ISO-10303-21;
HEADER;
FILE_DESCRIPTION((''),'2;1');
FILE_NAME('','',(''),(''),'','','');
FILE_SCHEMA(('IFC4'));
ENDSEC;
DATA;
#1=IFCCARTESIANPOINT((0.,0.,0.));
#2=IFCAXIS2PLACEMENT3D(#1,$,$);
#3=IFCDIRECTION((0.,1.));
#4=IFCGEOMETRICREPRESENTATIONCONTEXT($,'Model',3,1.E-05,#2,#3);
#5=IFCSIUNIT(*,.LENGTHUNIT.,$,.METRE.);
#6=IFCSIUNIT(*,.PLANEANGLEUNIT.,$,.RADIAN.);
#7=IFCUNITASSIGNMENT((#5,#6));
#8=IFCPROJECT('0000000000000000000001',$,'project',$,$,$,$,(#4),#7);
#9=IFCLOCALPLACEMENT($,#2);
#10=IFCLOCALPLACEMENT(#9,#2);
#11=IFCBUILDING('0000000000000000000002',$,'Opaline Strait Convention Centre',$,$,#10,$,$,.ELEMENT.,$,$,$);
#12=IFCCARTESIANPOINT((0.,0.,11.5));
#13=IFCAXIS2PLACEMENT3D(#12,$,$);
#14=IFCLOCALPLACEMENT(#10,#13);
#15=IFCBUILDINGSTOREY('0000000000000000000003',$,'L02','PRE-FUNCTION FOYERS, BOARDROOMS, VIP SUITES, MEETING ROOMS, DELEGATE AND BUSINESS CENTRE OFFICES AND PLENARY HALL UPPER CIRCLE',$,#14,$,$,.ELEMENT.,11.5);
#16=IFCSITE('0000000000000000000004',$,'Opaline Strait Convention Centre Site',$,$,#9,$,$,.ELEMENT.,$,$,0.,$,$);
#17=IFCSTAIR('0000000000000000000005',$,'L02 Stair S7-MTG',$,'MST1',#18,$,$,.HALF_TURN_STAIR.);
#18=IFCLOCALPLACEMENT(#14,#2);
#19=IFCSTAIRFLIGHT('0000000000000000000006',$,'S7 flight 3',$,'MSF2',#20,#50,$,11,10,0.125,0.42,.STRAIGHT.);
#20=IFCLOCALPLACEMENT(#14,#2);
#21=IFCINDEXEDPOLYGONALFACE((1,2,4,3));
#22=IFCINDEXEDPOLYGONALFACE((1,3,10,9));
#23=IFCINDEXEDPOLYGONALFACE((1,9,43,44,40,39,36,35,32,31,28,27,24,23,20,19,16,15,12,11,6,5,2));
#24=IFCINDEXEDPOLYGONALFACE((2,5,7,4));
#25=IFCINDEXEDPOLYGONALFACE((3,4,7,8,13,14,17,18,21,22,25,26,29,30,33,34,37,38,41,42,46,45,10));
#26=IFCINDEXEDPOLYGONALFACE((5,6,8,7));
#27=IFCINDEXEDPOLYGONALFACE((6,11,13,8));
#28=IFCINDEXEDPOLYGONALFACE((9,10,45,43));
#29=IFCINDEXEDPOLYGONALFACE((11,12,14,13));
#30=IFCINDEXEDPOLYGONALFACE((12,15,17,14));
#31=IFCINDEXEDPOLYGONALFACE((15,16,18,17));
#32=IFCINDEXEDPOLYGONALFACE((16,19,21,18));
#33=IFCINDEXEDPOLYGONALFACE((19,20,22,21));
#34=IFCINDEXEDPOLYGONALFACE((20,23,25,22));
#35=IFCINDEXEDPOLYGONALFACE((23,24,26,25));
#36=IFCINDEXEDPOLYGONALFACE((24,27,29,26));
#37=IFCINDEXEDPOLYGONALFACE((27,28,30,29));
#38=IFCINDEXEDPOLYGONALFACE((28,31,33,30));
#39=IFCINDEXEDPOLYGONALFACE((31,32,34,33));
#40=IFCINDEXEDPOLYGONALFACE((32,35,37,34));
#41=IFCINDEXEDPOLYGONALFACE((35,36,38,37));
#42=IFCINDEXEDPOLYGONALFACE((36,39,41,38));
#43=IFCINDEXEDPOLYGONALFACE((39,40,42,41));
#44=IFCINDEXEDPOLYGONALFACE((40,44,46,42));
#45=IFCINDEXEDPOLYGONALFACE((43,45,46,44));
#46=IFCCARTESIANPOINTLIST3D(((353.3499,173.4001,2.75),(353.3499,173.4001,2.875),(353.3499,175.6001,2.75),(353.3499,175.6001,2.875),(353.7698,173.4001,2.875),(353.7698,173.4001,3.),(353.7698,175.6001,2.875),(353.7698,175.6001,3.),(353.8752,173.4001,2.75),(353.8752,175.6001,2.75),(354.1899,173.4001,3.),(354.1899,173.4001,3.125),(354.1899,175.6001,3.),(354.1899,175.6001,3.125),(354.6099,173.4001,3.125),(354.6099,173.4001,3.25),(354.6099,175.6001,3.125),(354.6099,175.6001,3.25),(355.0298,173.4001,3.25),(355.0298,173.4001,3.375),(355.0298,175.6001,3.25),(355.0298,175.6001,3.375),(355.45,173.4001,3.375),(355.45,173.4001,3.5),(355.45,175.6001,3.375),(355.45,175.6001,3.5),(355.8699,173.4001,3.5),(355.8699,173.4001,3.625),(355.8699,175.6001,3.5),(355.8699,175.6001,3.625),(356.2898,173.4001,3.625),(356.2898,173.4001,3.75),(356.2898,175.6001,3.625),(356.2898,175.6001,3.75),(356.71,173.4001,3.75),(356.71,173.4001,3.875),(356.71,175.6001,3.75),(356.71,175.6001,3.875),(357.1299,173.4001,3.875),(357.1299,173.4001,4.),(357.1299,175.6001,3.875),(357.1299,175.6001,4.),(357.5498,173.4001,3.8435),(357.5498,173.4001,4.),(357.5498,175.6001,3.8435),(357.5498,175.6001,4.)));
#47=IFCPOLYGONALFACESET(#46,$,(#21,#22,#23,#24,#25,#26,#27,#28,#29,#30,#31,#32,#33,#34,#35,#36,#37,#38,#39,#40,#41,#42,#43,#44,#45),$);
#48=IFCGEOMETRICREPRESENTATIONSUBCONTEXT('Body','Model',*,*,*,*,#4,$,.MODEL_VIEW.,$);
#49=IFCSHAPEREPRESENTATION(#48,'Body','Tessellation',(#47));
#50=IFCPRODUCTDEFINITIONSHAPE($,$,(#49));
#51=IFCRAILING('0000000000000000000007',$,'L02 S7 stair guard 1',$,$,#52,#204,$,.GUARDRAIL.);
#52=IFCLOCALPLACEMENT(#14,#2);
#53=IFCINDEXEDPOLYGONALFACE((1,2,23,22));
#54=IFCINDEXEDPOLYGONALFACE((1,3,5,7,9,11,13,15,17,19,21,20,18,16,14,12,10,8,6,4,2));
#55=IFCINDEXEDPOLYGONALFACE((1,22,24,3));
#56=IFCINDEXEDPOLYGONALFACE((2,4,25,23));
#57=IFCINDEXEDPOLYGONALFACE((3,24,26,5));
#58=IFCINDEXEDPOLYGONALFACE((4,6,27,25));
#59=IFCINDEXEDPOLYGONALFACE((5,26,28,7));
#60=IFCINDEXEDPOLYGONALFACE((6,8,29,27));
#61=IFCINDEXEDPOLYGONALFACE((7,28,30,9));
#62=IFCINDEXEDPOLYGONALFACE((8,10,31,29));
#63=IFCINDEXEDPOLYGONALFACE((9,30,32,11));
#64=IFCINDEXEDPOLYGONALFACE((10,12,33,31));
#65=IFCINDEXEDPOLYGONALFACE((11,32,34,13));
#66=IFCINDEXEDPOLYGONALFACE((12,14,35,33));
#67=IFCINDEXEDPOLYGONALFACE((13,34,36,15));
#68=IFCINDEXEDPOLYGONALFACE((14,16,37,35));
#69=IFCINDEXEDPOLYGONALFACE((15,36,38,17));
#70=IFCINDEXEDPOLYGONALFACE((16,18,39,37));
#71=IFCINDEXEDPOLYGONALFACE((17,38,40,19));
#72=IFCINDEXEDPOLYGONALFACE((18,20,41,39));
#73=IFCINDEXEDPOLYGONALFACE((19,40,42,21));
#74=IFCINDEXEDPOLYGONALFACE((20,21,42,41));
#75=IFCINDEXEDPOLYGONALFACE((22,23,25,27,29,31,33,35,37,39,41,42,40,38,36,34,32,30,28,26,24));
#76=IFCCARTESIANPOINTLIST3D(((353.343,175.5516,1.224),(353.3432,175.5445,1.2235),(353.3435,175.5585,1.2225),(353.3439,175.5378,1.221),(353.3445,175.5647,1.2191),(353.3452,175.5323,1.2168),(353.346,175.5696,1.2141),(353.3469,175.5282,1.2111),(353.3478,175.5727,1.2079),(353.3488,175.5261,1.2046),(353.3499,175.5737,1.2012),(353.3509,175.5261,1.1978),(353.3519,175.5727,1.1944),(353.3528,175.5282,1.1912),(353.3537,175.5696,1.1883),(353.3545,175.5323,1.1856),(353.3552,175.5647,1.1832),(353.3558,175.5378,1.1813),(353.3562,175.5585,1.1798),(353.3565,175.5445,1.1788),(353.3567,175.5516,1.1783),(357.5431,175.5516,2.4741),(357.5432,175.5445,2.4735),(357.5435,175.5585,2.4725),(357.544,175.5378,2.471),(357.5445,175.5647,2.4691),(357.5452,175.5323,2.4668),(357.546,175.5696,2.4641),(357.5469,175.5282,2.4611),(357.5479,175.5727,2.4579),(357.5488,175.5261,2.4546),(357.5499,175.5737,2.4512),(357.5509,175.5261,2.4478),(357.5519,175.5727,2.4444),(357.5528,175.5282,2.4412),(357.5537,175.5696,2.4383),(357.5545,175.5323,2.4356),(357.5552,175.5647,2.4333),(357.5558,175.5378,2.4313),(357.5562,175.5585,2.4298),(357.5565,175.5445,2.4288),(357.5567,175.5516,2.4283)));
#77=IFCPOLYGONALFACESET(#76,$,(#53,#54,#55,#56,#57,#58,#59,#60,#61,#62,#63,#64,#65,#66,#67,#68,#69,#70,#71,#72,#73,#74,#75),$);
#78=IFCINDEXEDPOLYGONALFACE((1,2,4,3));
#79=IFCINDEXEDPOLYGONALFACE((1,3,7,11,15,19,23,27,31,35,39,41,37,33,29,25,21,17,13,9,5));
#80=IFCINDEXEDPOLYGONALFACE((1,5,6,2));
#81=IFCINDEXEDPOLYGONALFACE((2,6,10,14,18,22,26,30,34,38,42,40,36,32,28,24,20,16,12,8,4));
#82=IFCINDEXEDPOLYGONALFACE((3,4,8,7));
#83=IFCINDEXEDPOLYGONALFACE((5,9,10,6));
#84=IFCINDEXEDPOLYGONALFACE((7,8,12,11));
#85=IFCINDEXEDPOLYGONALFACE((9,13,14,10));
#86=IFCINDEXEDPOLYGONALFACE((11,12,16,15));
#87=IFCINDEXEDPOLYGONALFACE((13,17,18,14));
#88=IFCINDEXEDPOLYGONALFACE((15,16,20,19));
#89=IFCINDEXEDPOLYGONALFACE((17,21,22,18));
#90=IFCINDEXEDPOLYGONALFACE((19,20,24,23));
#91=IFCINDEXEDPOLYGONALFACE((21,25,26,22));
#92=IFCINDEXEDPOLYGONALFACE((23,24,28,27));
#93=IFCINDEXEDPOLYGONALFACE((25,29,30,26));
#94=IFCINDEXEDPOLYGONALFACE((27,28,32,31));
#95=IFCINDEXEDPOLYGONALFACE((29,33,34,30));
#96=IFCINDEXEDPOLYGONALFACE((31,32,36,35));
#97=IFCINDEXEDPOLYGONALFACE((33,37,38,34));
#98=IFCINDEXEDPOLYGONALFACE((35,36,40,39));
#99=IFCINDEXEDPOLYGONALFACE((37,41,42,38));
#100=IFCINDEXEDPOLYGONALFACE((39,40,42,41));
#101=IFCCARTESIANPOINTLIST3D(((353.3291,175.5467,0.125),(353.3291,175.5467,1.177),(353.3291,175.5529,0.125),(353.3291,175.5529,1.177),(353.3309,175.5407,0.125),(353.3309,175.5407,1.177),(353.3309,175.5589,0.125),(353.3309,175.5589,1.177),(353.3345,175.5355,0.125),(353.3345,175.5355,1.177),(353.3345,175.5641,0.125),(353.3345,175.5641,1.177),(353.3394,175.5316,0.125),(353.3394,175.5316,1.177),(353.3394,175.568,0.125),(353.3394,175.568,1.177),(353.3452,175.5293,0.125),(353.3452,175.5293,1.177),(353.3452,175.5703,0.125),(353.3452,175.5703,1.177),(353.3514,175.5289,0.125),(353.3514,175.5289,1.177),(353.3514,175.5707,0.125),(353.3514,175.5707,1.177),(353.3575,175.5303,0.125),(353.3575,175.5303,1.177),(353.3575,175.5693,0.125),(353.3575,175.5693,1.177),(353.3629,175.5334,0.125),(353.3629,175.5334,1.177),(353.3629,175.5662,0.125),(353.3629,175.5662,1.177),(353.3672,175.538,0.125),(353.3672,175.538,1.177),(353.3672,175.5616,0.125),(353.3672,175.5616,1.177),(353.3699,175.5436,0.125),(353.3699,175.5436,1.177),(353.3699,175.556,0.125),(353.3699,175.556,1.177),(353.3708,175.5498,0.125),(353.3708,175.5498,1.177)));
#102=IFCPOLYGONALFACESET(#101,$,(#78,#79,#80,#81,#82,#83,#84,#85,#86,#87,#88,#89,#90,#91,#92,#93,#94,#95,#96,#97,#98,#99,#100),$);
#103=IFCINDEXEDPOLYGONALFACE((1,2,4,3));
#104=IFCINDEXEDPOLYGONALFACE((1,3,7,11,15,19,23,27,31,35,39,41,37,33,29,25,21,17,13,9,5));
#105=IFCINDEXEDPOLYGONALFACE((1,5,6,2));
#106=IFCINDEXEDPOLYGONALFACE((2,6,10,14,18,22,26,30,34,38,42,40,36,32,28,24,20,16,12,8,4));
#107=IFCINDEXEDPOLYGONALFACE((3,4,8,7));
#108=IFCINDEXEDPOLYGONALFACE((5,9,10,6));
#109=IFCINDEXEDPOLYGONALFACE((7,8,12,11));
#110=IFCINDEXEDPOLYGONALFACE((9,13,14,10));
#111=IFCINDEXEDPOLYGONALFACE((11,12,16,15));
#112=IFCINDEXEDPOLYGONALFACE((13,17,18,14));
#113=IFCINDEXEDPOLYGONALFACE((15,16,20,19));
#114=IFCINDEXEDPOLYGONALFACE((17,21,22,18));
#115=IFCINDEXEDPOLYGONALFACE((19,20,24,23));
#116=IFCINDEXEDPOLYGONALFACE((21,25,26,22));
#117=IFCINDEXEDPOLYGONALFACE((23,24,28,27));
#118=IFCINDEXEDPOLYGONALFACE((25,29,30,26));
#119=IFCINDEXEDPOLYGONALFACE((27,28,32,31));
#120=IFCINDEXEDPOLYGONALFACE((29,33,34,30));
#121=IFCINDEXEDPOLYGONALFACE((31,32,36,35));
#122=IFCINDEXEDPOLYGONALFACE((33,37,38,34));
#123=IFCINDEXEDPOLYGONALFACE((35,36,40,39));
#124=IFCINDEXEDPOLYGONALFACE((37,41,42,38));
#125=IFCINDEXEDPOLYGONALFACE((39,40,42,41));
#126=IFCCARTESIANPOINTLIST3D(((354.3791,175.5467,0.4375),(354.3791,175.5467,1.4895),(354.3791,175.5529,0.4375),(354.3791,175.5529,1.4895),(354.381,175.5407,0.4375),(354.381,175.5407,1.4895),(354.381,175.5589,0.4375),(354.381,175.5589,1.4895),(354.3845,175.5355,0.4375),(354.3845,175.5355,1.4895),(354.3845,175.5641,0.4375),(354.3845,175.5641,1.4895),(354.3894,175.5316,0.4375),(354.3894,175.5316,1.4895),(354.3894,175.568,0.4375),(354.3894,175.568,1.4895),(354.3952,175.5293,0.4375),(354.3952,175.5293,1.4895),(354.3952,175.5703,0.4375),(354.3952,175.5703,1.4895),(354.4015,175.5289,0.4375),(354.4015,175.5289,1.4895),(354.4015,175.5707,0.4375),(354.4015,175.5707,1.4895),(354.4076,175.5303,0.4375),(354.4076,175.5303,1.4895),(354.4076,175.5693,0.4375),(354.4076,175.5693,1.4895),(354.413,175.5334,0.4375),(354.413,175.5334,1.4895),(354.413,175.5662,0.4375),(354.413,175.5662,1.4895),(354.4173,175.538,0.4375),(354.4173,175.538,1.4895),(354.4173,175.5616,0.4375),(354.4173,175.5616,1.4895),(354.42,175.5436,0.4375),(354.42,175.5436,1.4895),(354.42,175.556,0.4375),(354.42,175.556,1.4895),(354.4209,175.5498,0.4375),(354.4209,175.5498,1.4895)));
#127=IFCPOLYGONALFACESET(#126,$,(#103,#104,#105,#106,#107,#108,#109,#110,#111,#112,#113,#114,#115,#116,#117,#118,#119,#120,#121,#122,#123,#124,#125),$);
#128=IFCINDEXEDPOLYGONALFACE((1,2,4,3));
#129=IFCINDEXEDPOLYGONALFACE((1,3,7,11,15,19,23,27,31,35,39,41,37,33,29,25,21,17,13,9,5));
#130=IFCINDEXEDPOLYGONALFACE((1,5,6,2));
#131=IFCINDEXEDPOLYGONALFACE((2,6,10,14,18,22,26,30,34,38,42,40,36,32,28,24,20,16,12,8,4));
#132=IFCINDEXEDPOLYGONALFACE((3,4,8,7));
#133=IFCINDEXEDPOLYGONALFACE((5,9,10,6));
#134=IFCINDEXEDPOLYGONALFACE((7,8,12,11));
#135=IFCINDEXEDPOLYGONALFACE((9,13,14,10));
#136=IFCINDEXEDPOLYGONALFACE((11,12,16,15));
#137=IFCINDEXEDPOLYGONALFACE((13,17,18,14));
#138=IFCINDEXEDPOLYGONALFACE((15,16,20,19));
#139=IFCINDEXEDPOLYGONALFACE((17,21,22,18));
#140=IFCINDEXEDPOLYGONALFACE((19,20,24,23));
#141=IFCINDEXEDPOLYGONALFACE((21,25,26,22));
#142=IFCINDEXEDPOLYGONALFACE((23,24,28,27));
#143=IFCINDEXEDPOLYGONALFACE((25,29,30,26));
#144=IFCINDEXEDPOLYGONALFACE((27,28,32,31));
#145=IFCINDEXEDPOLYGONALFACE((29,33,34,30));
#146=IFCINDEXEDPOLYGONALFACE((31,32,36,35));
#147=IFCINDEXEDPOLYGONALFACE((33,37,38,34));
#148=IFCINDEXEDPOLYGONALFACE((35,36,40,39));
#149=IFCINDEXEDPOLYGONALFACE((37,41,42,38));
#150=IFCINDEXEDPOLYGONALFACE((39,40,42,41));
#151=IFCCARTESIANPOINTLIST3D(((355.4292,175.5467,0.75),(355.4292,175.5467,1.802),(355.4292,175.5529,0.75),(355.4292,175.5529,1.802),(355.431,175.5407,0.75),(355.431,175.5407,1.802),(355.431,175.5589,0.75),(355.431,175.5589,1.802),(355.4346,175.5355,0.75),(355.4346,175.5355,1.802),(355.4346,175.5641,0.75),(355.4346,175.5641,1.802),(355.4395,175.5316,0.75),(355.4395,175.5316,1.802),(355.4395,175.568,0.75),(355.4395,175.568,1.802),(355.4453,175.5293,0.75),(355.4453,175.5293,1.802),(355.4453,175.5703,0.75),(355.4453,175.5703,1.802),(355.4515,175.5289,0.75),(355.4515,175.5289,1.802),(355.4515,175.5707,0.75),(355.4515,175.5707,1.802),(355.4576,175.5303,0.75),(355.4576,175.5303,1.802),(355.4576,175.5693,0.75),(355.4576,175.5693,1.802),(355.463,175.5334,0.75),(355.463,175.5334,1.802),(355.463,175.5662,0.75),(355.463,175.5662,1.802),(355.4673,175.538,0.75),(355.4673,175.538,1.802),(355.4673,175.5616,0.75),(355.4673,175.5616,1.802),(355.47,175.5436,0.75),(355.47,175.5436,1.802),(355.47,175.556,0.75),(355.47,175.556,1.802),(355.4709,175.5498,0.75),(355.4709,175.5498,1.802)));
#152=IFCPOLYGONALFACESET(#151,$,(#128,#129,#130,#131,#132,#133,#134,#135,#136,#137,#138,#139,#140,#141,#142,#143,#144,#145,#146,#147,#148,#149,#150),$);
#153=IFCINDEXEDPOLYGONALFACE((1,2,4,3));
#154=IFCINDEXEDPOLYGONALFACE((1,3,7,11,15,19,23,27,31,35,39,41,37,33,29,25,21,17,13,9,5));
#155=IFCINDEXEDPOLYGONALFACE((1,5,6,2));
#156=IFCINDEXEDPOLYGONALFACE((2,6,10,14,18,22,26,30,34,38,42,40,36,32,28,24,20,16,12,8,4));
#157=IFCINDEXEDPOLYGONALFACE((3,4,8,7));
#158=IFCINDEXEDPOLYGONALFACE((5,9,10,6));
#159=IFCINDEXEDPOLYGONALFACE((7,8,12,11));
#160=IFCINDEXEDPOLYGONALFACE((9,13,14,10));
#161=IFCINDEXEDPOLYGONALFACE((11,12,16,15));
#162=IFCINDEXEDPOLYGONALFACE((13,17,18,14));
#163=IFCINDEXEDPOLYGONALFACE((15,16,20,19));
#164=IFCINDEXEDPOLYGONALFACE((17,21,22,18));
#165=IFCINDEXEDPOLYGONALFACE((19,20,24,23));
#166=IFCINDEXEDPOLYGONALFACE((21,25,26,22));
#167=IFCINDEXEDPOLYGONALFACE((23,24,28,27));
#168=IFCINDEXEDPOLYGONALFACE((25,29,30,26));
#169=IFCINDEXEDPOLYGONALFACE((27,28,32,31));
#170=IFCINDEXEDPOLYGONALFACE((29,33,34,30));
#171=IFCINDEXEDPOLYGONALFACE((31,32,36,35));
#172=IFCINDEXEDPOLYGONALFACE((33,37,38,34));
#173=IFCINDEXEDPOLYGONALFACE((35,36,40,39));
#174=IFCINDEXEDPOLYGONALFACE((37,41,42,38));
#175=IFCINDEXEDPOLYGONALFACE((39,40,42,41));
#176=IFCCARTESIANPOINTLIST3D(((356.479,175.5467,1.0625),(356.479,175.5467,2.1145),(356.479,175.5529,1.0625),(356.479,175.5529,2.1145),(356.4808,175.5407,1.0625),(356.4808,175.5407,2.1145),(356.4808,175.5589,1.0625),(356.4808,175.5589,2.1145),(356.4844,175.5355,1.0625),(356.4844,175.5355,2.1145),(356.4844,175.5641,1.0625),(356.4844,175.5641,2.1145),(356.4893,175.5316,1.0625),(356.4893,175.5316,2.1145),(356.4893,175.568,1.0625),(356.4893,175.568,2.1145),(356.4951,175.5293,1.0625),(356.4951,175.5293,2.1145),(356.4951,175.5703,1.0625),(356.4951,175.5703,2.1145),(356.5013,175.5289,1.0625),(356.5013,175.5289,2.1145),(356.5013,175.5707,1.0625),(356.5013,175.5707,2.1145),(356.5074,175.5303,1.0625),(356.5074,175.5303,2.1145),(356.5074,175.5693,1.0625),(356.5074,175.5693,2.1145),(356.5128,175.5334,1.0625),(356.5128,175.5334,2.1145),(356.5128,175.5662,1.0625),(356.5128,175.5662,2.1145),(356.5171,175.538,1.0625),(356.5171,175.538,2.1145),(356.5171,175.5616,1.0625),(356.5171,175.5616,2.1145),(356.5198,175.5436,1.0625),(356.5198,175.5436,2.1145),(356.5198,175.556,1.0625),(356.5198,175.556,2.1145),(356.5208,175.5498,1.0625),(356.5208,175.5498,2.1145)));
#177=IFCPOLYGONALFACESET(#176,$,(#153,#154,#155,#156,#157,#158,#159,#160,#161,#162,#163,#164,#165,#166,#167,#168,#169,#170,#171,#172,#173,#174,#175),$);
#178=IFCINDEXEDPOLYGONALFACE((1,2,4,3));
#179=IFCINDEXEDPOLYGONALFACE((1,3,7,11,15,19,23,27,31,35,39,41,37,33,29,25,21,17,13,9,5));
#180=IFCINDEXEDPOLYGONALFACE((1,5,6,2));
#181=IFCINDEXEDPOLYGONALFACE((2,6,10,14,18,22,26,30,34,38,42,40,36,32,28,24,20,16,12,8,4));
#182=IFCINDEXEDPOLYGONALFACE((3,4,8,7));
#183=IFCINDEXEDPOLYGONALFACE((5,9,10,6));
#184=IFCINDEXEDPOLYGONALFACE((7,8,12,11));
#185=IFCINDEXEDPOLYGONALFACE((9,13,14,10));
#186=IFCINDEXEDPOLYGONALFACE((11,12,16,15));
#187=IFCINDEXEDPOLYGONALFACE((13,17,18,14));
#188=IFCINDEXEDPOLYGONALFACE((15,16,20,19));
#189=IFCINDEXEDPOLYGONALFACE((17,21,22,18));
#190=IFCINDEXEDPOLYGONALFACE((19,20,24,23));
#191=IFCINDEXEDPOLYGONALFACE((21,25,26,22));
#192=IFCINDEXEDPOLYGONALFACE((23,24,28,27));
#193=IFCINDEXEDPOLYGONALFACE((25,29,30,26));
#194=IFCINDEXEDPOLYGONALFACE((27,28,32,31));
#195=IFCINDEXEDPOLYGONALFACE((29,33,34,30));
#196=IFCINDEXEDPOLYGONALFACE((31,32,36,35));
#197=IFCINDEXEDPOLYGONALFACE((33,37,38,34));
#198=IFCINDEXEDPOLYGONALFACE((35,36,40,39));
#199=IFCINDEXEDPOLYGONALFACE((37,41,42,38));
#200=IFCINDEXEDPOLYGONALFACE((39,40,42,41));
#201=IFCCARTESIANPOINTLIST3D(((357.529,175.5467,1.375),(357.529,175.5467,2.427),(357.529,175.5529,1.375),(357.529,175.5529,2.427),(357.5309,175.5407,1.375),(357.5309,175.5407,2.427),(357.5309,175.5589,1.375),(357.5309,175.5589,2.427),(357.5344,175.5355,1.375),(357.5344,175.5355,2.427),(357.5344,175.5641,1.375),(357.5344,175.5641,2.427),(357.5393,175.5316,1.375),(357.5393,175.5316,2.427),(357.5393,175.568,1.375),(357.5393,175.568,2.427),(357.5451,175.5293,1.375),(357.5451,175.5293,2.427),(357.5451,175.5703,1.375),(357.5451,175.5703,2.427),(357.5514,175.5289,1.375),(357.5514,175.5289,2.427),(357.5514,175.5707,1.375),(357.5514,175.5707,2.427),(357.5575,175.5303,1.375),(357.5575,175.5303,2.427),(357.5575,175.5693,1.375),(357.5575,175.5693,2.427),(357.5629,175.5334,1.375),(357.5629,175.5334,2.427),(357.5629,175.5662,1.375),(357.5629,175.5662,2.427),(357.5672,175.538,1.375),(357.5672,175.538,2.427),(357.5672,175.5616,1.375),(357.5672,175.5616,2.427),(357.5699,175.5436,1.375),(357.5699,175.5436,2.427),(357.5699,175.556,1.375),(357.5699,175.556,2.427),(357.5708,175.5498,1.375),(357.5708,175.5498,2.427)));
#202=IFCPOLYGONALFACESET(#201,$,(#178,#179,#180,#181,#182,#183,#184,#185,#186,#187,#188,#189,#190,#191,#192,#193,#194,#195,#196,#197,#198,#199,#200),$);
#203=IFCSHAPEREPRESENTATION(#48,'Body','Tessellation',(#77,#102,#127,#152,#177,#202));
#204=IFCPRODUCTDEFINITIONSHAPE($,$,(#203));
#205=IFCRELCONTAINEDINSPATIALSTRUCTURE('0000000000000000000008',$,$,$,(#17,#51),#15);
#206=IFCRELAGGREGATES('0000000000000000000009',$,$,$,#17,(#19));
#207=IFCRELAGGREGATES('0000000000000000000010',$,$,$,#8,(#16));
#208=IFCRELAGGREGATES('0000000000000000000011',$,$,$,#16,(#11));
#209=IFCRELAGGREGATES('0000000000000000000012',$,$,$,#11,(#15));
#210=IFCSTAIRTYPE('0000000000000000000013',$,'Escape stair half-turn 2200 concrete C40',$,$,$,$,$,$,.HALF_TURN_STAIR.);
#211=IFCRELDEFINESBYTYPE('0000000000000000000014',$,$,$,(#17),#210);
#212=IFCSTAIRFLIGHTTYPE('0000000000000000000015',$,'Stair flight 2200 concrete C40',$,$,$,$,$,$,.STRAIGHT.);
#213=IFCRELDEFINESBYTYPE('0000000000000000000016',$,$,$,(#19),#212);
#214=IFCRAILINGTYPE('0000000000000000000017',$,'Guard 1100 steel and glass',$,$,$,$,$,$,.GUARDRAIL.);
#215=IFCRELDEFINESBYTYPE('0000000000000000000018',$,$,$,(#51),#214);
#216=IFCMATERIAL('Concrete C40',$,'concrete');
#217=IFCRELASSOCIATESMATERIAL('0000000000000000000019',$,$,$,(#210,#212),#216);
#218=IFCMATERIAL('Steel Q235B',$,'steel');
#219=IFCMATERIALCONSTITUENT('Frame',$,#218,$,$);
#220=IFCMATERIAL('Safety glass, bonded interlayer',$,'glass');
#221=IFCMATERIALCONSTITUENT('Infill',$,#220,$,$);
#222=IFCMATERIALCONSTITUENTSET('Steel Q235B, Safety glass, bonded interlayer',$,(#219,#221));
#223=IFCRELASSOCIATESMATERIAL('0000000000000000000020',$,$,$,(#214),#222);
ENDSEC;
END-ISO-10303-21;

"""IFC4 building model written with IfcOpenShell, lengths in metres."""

from ifc_helpers import new_model, si_unit, direction, frame, origin, origin_2d, place, context, subcontext, project, spatial, polyline, circle, outline, extrude, material, constituent, constituent_set, type_object, element, aggregate, save


model = new_model("IFC4")

# Units and contexts
model_context = context("Model", 3, precision=1e-05, world=origin(), true_north=direction((0.0, 1.0)))
body_context = subcontext(model_context, "Body", "Model", "MODEL_VIEW")
ifc_project = project(units=[si_unit("LENGTHUNIT", "METRE"), si_unit("PLANEANGLEUNIT", "RADIAN")], contexts=[model_context])

# Site, building, storey
site_placement = place(None, origin())
site = spatial("IfcSite", under=ifc_project, at=site_placement, Name="Opaline Strait Convention Centre Site", CompositionType="ELEMENT", RefElevation=0.0)
building_placement = place(site_placement, origin())
building = spatial("IfcBuilding", under=site, at=building_placement, Name="Opaline Strait Convention Centre", CompositionType="ELEMENT")
storey_placement = place(building_placement, frame((0.0, 0.0, 11.5)))
storey = spatial("IfcBuildingStorey", under=building, at=storey_placement, Name="L02", Description="PRE-FUNCTION FOYERS, BOARDROOMS, VIP SUITES, MEETING ROOMS, DELEGATE AND BUSINESS CENTRE OFFICES AND PLENARY HALL UPPER CIRCLE", CompositionType="ELEMENT", Elevation=11.5)

# Shared definitions
ifc_material_1 = material(Name="Concrete C40", Category="concrete")

# Stair, stair flight
stair_type = type_object("IfcStairType", Name="Escape stair half-turn 2200 concrete C40", PredefinedType="HALF_TURN_STAIR", material=ifc_material_1)
stair_placement = place(storey_placement, origin())
stair = element("IfcStair", 1, at=stair_placement, inside=storey, type_object=stair_type, Name="L02 Stair S7-MTG", ObjectType="MST1", PredefinedType="HALF_TURN_STAIR")
stair_flight_type = type_object("IfcStairFlightType", Name="Stair flight 2200 concrete C40", PredefinedType="STRAIGHT", material=ifc_material_1)
stair_flight_1_placement = place(storey_placement, frame((353.3499, 174.5, 2.75), z_axis=(0.0, 0.0, 1.0), x_axis=(1.0, 0.0, 0.0)))
stair_flight_1 = element("IfcStairFlight", 2, at=stair_flight_1_placement, type_object=stair_flight_type, Name="S7 flight 3", ObjectType="MSF2", NumberOfRisers=11, NumberOfTreads=10, PredefinedType="STRAIGHT", RiserHeight=0.125, TreadLength=0.42, context=body_context, shape_type="SweptSolid", body=[
    extrude(outline(polyline([(0.0, 0.0), (0.0, 0.125), (0.4199, 0.125), (0.4199, 0.25), (0.8401, 0.25), (0.8401, 0.375), (1.26, 0.375), (1.26, 0.5), (1.6799, 0.5), (1.6799, 0.625), (2.1001, 0.625), (2.1001, 0.75), (2.52, 0.75), (2.52, 0.875), (2.9399, 0.875), (2.9399, 1.0), (3.3601, 1.0), (3.3601, 1.125), (3.78, 1.125), (3.78, 1.25), (4.2, 1.25), (4.2, 1.375), (4.2, 1.0935), (0.5254, 0.0), (0.0, 0.0)])), frame((0.0, 1.1001, 0.0), z_axis=(0.0, -1.0, 0.0), x_axis=(1.0, 0.0, 0.0)), (0.0, 0.0, 1.0), 2.2),
])
aggregate(stair, [stair_flight_1])

# Railing
ifc_material_2 = material(Name="Steel Q235B", Category="steel")
ifc_constituent_1 = constituent(ifc_material_2, Name="Frame")
ifc_material_3 = material(Name="Safety glass, bonded interlayer", Category="glass")
ifc_constituent_2 = constituent(ifc_material_3, Name="Infill")
ifc_constituent_set = constituent_set(constituents=[ifc_constituent_1, ifc_constituent_2], Name="Steel Q235B, Safety glass, bonded interlayer")
railing_type = type_object("IfcRailingType", Name="Guard 1100 steel and glass", PredefinedType="GUARDRAIL", material=ifc_constituent_set)
railing_1_placement = place(storey_placement, frame((353.3499, 175.5498, 0.125)))
element("IfcRailing", 3, at=railing_1_placement, inside=storey, type_object=railing_type, Name="L02 S7 stair guard 1", PredefinedType="GUARDRAIL", context=body_context, shape_type="SweptSolid", body=[
    extrude(circle(Radius=0.0239, at=origin_2d()), frame((0.0, 0.0, 1.0762), z_axis=(0.958451, 0.0, 0.285257), x_axis=(0.0, 1.0, 0.0)), (0.0, 0.0, 1.0), 4.3821),
    extrude(circle(Radius=0.021, at=origin_2d()), origin(), (0.0, 0.0, 1.0), 1.052),
    extrude(circle(Radius=0.021, at=origin_2d()), frame((1.05, 0.0, 0.3125)), (0.0, 0.0, 1.0), 1.052),
    extrude(circle(Radius=0.021, at=origin_2d()), frame((2.1001, 0.0, 0.625)), (0.0, 0.0, 1.0), 1.052),
    extrude(circle(Radius=0.021, at=origin_2d()), frame((3.1499, 0.0, 0.9375)), (0.0, 0.0, 1.0), 1.052),
    extrude(circle(Radius=0.021, at=origin_2d()), frame((4.2, 0.0, 1.25)), (0.0, 0.0, 1.0), 1.052),
])

save(model, "model.ifc")
